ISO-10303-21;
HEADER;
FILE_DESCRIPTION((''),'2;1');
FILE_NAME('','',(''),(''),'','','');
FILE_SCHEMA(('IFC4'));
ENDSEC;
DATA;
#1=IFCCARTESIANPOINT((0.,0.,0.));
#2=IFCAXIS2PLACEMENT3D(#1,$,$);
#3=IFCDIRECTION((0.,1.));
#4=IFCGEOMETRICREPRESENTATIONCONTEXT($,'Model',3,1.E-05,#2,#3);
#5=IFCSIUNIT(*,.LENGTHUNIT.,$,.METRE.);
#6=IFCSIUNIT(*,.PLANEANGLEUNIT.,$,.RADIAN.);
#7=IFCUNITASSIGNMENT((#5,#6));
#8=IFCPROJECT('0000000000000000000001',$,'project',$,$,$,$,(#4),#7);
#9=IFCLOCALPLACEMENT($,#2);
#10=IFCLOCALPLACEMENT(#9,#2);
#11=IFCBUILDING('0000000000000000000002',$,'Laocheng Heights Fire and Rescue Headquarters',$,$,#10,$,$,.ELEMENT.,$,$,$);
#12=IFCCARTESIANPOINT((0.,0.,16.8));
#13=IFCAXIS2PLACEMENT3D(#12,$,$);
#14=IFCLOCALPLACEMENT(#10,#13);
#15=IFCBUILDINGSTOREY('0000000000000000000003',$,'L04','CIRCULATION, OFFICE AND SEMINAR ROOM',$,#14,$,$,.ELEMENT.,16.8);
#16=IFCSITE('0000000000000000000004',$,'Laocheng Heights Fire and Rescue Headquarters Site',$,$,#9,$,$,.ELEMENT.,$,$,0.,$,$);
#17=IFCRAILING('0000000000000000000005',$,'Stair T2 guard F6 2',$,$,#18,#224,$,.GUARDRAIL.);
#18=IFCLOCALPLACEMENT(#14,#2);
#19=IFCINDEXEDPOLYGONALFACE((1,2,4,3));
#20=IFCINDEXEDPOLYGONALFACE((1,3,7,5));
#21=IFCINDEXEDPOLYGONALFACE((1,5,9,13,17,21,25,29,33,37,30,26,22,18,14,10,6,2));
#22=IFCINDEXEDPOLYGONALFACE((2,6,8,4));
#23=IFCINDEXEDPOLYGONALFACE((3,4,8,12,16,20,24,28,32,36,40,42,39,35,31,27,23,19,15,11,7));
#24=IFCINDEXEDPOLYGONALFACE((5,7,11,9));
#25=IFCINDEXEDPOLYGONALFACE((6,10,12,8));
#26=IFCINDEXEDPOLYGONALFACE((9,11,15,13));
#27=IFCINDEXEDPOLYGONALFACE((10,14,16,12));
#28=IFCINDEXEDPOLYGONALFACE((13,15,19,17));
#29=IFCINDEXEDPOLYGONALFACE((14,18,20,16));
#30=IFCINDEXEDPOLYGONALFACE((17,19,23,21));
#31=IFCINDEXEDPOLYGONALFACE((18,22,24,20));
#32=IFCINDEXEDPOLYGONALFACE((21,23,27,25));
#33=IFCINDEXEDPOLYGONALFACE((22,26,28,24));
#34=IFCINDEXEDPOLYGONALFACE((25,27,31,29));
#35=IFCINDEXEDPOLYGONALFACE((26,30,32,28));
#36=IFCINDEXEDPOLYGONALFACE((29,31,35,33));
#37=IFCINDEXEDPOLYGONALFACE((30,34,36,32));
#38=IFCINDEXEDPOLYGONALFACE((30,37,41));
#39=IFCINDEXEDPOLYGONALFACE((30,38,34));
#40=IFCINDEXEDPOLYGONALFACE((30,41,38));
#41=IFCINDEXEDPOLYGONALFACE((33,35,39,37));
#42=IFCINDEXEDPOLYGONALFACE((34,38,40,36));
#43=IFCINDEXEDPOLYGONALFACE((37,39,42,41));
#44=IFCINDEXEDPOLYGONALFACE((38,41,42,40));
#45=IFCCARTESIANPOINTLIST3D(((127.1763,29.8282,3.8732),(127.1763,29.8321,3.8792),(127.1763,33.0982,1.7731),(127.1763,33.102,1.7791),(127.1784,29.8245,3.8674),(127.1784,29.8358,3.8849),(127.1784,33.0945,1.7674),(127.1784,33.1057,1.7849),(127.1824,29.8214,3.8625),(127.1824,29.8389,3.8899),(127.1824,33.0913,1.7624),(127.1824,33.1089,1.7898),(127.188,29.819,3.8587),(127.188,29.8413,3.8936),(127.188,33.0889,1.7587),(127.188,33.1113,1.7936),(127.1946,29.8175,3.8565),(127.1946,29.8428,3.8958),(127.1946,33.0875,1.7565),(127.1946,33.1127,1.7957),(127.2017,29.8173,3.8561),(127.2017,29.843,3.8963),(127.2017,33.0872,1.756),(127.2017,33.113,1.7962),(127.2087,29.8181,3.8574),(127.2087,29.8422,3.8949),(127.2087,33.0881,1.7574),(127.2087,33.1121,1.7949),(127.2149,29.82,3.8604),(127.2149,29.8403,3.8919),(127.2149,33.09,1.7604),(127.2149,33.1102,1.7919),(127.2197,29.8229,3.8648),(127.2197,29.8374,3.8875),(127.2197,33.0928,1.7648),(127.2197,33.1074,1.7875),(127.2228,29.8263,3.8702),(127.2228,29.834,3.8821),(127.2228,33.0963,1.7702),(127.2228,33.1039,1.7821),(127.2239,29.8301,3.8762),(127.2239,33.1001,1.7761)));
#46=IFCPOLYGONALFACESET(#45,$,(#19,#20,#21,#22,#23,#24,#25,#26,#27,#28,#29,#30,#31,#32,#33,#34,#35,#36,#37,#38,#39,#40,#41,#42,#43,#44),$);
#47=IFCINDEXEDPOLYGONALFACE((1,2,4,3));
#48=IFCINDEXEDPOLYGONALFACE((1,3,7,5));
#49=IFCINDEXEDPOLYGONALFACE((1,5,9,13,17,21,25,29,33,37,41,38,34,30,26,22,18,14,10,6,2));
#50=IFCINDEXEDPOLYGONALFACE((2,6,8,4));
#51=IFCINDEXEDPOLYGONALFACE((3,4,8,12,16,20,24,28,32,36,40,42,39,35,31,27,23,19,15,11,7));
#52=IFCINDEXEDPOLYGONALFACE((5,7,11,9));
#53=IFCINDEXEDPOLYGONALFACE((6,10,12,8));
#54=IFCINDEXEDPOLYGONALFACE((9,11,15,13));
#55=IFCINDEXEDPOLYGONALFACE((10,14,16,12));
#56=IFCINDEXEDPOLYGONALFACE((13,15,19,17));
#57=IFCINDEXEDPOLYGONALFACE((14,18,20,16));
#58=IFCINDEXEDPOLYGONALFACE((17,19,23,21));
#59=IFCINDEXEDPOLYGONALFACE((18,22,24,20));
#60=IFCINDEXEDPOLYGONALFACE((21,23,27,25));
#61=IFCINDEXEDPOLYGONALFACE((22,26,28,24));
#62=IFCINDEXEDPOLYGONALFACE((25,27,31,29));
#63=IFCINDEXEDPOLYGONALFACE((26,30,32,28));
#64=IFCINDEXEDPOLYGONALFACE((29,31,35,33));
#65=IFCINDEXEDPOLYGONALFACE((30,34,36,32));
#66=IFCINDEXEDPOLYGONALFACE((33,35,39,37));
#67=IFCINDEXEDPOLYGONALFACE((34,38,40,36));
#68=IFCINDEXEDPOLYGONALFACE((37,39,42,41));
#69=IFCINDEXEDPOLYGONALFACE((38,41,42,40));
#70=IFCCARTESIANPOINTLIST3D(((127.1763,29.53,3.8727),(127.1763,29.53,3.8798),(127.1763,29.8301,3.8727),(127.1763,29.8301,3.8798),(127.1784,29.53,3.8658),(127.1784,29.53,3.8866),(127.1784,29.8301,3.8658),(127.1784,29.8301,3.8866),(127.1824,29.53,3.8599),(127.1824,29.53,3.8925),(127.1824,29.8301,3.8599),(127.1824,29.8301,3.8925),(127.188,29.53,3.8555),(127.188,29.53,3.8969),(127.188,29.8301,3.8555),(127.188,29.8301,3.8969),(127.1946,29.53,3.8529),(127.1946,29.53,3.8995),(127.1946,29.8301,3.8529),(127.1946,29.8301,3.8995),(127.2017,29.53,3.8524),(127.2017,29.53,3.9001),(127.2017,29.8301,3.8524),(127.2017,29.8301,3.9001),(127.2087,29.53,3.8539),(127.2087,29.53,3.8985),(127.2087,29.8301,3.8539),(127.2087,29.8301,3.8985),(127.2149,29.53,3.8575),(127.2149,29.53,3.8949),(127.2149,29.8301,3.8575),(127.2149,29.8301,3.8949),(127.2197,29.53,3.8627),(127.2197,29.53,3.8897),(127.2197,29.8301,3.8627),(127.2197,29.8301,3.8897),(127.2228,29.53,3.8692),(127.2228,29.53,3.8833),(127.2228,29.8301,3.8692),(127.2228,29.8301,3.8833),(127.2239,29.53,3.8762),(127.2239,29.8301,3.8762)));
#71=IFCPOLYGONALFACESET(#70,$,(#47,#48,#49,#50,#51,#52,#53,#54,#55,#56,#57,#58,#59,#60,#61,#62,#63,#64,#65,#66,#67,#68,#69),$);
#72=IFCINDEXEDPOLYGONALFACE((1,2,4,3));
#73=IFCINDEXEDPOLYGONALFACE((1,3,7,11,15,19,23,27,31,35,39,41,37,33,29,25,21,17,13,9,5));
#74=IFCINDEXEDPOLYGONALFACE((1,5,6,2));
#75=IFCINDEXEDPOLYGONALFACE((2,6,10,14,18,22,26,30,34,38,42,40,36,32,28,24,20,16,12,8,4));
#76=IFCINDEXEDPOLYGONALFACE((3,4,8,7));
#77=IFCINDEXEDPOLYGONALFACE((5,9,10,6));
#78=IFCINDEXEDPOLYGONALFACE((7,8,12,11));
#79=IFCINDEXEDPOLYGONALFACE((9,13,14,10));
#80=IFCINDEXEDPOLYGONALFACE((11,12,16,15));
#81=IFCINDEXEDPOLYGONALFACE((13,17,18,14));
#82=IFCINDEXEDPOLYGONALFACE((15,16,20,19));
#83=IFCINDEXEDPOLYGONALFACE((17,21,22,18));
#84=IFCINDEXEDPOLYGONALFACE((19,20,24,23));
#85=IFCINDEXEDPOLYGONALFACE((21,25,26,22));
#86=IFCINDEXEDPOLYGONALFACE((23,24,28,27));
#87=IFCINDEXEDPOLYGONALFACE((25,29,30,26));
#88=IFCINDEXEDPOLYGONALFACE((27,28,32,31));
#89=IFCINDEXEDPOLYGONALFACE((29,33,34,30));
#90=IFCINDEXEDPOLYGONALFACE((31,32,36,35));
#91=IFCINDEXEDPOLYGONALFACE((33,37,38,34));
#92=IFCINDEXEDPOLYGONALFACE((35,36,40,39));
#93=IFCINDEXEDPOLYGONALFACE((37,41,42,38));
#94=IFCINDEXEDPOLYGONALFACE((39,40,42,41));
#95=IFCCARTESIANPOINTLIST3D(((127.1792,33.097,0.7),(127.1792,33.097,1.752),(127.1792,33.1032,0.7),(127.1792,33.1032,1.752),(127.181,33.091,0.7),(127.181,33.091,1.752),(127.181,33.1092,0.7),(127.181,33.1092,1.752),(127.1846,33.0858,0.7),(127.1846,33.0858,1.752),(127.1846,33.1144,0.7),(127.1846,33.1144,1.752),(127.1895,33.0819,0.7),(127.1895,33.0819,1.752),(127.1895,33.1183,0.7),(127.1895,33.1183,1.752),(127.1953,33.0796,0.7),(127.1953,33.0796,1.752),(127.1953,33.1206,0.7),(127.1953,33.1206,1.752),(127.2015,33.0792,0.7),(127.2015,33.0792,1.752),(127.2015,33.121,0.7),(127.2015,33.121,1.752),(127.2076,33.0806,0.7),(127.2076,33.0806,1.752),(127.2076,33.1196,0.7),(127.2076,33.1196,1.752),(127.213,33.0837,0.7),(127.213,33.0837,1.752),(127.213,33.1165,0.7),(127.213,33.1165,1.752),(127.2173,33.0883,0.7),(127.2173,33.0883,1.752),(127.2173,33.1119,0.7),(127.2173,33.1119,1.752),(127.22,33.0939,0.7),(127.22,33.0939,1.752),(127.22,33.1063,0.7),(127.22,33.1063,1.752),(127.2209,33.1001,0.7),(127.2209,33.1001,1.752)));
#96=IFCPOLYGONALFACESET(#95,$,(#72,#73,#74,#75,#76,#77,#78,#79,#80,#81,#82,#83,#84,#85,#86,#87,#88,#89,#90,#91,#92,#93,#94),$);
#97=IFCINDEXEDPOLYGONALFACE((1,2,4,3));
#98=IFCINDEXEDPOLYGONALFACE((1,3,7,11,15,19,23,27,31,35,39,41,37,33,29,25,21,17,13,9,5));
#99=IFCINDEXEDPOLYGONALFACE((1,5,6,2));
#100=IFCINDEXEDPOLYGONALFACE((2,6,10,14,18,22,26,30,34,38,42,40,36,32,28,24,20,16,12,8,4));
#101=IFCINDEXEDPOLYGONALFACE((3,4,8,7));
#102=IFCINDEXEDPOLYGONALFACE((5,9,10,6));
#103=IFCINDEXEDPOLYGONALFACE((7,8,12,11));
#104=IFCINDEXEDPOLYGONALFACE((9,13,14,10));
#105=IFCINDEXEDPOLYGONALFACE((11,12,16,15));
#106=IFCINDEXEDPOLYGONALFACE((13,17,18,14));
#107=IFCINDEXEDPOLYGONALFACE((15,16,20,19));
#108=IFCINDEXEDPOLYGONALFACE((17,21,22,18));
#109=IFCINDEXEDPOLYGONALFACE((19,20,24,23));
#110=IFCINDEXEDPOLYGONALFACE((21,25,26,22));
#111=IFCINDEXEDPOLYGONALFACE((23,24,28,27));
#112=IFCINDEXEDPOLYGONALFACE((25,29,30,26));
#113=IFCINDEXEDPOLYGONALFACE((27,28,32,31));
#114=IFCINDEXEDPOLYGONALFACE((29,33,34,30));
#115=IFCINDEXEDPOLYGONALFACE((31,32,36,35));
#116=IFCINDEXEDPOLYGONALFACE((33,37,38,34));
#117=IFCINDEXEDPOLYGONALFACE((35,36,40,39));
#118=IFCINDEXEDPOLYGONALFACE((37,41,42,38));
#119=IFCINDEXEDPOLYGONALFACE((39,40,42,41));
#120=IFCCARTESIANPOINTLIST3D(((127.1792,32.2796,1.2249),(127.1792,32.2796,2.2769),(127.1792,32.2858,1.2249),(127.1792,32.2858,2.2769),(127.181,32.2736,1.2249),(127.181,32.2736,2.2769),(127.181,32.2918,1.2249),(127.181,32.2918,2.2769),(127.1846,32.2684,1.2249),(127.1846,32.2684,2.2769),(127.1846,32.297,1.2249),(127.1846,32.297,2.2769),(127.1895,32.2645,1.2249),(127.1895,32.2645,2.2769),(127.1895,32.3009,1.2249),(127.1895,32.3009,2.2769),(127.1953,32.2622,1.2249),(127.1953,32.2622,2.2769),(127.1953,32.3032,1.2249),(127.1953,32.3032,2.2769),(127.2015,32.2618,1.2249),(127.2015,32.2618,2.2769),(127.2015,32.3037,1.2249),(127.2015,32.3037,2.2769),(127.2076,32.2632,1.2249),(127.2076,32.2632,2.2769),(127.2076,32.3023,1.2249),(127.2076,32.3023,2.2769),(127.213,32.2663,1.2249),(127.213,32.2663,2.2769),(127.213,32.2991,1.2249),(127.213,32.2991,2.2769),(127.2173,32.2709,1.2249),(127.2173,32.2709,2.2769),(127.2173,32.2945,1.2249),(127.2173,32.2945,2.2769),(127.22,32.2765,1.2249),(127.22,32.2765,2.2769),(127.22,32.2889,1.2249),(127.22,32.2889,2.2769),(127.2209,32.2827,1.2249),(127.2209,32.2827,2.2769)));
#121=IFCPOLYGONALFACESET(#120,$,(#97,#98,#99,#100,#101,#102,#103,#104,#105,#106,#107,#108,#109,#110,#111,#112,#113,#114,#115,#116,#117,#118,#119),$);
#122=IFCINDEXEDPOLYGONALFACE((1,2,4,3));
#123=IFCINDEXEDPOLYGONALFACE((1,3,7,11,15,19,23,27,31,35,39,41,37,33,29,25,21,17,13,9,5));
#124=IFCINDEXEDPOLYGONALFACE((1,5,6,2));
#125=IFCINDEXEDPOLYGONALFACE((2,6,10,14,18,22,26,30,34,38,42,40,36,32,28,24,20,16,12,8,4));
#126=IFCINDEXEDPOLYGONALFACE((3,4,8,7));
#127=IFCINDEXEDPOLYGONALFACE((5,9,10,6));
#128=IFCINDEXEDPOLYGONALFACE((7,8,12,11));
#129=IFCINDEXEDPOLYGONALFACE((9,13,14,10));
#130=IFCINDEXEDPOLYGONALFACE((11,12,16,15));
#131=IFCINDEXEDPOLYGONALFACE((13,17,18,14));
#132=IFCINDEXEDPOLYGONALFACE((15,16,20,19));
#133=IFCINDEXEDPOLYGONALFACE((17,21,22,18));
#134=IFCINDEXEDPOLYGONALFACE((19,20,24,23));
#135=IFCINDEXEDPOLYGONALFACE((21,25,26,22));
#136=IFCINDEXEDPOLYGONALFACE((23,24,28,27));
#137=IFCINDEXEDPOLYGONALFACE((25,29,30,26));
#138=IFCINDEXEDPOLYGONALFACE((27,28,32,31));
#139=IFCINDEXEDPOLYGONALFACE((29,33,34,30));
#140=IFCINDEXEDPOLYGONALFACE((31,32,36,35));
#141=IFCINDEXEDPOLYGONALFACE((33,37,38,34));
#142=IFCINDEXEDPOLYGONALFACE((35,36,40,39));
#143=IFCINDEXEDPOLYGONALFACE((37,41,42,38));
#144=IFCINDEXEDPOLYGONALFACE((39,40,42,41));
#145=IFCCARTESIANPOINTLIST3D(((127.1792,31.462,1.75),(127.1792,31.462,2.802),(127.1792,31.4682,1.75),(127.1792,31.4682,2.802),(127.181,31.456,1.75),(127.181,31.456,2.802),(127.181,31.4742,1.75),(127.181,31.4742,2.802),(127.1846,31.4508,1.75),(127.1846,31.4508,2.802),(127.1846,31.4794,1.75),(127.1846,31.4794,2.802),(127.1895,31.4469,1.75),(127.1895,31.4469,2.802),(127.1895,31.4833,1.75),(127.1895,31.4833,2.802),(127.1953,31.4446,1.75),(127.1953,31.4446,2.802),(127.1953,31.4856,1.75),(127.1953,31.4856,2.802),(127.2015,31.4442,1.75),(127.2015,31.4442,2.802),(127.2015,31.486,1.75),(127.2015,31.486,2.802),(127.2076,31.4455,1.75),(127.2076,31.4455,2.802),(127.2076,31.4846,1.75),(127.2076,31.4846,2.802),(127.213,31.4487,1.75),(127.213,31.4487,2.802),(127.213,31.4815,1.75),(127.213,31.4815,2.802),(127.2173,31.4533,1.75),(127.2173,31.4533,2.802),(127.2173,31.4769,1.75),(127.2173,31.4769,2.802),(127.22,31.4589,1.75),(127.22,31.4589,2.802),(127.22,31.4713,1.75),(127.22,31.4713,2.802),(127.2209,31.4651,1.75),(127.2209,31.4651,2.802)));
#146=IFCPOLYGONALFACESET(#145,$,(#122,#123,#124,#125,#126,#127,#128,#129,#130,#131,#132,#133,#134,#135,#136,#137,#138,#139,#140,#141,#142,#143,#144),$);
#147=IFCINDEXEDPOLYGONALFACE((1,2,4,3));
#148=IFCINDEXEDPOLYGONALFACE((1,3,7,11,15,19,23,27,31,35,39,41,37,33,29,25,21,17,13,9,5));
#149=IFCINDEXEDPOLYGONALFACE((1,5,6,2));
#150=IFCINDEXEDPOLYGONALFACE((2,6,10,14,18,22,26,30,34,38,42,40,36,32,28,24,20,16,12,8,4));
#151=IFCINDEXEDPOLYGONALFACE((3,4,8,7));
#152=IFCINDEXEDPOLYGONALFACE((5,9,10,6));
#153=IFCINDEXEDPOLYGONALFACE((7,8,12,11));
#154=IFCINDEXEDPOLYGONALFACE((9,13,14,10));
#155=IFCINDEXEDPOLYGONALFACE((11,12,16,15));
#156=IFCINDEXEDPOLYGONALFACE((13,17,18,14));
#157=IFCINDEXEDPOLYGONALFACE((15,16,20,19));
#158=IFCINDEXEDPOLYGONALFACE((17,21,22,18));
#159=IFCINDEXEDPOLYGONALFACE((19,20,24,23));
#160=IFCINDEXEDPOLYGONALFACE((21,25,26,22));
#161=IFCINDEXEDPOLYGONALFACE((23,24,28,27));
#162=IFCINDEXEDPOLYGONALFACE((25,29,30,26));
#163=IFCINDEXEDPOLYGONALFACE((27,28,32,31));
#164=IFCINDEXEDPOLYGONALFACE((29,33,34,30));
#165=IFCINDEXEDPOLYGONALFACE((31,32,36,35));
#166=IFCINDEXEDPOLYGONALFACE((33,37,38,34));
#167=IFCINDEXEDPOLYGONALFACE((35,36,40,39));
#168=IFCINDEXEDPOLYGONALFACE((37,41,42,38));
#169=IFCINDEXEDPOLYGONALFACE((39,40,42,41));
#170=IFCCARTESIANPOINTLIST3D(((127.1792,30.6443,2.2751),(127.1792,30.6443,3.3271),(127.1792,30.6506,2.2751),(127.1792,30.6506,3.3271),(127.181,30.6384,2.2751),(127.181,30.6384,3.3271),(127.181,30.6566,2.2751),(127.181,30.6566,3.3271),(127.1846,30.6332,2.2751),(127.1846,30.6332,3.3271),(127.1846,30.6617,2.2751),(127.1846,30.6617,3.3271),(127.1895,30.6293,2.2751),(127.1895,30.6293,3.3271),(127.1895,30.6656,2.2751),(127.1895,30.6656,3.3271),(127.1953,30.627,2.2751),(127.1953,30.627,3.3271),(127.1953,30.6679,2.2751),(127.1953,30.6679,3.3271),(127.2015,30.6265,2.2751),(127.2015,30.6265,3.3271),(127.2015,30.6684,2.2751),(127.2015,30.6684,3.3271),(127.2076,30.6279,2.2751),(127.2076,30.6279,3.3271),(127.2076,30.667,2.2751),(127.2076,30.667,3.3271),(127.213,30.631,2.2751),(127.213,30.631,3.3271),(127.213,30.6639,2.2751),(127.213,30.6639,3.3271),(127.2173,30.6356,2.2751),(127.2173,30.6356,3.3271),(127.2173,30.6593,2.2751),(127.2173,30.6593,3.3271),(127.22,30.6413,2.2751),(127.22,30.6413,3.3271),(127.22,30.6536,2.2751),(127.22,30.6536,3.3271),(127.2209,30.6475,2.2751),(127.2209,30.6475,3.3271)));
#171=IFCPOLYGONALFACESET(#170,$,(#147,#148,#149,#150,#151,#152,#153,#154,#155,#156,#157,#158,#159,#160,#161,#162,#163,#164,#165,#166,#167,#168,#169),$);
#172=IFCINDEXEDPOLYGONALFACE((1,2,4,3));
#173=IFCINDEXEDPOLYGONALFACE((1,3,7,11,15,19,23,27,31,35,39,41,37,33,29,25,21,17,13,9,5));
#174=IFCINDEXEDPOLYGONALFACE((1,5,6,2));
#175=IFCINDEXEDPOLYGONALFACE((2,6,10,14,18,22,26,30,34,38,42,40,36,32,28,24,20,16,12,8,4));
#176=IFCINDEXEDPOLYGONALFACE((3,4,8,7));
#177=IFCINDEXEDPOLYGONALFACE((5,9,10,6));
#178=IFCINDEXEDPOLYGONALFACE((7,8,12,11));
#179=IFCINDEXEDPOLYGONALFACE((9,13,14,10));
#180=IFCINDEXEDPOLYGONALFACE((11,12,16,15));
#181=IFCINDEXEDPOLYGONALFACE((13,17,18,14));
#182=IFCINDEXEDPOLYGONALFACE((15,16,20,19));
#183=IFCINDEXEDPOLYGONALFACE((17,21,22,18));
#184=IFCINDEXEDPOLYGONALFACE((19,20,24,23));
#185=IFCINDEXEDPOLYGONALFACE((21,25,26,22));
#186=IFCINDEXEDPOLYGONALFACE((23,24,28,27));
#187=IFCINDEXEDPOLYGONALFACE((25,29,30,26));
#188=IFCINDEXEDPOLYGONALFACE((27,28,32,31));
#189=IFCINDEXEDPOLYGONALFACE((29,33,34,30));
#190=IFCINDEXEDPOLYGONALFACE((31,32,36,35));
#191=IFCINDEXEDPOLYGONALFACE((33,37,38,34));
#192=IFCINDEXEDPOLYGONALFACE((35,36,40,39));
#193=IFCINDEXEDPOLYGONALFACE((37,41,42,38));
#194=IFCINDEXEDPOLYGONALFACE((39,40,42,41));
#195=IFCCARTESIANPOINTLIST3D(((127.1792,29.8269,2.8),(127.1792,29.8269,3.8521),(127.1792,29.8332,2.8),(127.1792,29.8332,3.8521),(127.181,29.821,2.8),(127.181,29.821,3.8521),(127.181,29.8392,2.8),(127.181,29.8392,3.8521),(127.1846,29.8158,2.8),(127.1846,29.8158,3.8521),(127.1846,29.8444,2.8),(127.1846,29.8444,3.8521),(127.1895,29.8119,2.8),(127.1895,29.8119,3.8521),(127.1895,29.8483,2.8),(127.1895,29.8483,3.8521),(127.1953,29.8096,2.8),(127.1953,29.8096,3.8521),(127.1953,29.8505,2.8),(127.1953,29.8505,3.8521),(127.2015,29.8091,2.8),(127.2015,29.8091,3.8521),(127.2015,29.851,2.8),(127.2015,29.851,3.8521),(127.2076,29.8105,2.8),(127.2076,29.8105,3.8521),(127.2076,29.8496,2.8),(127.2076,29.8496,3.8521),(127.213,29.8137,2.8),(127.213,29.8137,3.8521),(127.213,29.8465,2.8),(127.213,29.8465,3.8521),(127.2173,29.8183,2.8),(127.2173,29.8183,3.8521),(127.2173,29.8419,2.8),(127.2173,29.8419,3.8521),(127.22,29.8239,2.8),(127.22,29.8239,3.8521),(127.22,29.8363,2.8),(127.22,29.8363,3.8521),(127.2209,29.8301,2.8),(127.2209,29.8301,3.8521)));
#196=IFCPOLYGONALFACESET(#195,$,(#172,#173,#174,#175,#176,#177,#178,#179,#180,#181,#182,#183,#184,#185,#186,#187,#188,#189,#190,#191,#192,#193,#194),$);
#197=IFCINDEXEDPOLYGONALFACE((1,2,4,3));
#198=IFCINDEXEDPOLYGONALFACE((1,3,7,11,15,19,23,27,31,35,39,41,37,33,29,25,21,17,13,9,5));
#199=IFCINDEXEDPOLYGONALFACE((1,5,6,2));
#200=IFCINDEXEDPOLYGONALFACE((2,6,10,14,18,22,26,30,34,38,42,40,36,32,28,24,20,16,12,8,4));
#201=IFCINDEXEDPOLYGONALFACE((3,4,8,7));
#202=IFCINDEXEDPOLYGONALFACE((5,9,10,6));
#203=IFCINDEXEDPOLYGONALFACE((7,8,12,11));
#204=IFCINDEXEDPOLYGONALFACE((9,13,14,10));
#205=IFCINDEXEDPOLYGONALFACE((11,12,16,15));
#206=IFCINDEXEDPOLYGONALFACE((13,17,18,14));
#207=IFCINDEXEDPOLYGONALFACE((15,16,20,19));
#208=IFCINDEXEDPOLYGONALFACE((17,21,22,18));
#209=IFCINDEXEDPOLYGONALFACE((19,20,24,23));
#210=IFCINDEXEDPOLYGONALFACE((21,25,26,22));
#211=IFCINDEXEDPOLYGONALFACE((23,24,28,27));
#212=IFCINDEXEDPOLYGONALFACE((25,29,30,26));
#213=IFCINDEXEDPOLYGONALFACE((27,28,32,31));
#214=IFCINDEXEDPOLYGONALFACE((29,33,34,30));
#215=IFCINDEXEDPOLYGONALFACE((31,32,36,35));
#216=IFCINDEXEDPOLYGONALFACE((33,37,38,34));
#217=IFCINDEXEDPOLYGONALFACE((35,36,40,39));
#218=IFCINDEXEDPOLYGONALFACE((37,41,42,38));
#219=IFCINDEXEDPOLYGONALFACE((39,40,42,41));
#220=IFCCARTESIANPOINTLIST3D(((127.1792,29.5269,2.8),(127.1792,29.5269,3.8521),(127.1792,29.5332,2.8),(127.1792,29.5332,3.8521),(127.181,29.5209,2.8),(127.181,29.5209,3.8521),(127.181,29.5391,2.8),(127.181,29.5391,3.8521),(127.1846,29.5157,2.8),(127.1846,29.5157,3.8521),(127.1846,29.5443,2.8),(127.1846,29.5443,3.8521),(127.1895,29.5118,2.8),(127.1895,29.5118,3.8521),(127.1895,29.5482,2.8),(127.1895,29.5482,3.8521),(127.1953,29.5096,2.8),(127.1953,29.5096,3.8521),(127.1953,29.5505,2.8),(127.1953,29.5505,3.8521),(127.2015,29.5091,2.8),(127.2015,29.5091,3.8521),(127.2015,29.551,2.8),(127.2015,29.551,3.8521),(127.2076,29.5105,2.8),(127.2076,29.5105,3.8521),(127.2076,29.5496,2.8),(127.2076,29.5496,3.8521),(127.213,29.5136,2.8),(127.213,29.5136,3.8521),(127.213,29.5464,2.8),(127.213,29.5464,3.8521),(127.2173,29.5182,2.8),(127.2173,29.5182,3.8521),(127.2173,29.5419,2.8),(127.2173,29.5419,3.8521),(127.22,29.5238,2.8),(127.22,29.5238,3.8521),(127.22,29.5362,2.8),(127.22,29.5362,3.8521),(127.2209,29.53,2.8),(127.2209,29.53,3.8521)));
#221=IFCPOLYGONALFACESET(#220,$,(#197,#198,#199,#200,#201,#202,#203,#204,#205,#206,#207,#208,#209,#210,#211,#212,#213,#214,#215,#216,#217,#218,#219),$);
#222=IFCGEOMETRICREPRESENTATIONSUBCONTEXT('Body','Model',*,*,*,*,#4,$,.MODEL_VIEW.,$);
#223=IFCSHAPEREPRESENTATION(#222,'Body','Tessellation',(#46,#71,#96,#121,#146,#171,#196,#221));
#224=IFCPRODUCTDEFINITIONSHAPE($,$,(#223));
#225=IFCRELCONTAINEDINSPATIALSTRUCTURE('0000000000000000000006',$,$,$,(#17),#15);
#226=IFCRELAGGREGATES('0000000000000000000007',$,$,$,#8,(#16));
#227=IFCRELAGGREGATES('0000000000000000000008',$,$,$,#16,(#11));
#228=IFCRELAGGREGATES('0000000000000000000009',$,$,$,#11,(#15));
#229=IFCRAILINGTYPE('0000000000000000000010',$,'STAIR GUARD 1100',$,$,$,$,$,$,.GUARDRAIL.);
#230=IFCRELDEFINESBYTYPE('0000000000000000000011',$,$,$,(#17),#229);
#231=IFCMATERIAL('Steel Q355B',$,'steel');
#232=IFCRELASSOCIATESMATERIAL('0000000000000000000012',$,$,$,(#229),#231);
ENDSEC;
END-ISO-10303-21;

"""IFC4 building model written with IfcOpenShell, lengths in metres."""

from ifc_helpers import new_model, si_unit, direction, frame, origin, origin_2d, place, context, subcontext, project, spatial, circle, extrude, material, type_object, element, save


model = new_model("IFC4")

# Units and contexts
model_context = context("Model", 3, precision=1e-05, world=origin(), true_north=direction((0.0, 1.0)))
body_context = subcontext(model_context, "Body", "Model", "MODEL_VIEW")
ifc_project = project(units=[si_unit("LENGTHUNIT", "METRE"), si_unit("PLANEANGLEUNIT", "RADIAN")], contexts=[model_context])

# Site, building, storey
site_placement = place(None, origin())
site = spatial("IfcSite", under=ifc_project, at=site_placement, Name="Laocheng Heights Fire and Rescue Headquarters Site", CompositionType="ELEMENT", RefElevation=0.0)
building_placement = place(site_placement, origin())
building = spatial("IfcBuilding", under=site, at=building_placement, Name="Laocheng Heights Fire and Rescue Headquarters", CompositionType="ELEMENT")
storey_placement = place(building_placement, frame((0.0, 0.0, 16.8)))
storey = spatial("IfcBuildingStorey", under=building, at=storey_placement, Name="L04", Description="CIRCULATION, OFFICE AND SEMINAR ROOM", CompositionType="ELEMENT", Elevation=16.8)

# Railing
ifc_material_1 = material(Name="Steel Q355B", Category="steel")
railing_type_1 = type_object("IfcRailingType", Name="STAIR GUARD 1100", PredefinedType="GUARDRAIL", material=ifc_material_1)
railing_1_placement = place(storey_placement, frame((127.2, 33.1001, 0.7)))
element("IfcRailing", 1, at=railing_1_placement, inside=storey, type_object=railing_type_1, Name="Stair T2 guard F6 2", PredefinedType="GUARDRAIL", context=body_context, shape_type="SweptSolid", body=[
    extrude(circle(Radius=0.0239, at=origin_2d()), frame((0.0, 0.0, 1.0762), z_axis=(0.0, -0.841419, 0.540383), x_axis=(1.0, 0.0, 0.0)), (0.0, 0.0, 1.0), 3.8862),
    extrude(circle(Radius=0.0239, at=origin_2d()), frame((0.0, -3.27, 3.1763), z_axis=(0.0, -1.0, 0.0), x_axis=(1.0, 0.0, 0.0)), (0.0, 0.0, 1.0), 0.3),
    extrude(circle(Radius=0.021, at=origin_2d()), origin(), (0.0, 0.0, 1.0), 1.052),
    extrude(circle(Radius=0.021, at=origin_2d()), frame((0.0, -0.8174, 0.5249)), (0.0, 0.0, 1.0), 1.052),
    extrude(circle(Radius=0.021, at=origin_2d()), frame((0.0, -1.635, 1.05)), (0.0, 0.0, 1.0), 1.052),
    extrude(circle(Radius=0.021, at=origin_2d()), frame((0.0, -2.4526, 1.5752)), (0.0, 0.0, 1.0), 1.052),
    extrude(circle(Radius=0.021, at=origin_2d()), frame((0.0, -3.27, 2.1001)), (0.0, 0.0, 1.0), 1.052),
    extrude(circle(Radius=0.021, at=origin_2d()), frame((0.0, -3.5701, 2.1001)), (0.0, 0.0, 1.0), 1.052),
])

save(model, "model.ifc")
